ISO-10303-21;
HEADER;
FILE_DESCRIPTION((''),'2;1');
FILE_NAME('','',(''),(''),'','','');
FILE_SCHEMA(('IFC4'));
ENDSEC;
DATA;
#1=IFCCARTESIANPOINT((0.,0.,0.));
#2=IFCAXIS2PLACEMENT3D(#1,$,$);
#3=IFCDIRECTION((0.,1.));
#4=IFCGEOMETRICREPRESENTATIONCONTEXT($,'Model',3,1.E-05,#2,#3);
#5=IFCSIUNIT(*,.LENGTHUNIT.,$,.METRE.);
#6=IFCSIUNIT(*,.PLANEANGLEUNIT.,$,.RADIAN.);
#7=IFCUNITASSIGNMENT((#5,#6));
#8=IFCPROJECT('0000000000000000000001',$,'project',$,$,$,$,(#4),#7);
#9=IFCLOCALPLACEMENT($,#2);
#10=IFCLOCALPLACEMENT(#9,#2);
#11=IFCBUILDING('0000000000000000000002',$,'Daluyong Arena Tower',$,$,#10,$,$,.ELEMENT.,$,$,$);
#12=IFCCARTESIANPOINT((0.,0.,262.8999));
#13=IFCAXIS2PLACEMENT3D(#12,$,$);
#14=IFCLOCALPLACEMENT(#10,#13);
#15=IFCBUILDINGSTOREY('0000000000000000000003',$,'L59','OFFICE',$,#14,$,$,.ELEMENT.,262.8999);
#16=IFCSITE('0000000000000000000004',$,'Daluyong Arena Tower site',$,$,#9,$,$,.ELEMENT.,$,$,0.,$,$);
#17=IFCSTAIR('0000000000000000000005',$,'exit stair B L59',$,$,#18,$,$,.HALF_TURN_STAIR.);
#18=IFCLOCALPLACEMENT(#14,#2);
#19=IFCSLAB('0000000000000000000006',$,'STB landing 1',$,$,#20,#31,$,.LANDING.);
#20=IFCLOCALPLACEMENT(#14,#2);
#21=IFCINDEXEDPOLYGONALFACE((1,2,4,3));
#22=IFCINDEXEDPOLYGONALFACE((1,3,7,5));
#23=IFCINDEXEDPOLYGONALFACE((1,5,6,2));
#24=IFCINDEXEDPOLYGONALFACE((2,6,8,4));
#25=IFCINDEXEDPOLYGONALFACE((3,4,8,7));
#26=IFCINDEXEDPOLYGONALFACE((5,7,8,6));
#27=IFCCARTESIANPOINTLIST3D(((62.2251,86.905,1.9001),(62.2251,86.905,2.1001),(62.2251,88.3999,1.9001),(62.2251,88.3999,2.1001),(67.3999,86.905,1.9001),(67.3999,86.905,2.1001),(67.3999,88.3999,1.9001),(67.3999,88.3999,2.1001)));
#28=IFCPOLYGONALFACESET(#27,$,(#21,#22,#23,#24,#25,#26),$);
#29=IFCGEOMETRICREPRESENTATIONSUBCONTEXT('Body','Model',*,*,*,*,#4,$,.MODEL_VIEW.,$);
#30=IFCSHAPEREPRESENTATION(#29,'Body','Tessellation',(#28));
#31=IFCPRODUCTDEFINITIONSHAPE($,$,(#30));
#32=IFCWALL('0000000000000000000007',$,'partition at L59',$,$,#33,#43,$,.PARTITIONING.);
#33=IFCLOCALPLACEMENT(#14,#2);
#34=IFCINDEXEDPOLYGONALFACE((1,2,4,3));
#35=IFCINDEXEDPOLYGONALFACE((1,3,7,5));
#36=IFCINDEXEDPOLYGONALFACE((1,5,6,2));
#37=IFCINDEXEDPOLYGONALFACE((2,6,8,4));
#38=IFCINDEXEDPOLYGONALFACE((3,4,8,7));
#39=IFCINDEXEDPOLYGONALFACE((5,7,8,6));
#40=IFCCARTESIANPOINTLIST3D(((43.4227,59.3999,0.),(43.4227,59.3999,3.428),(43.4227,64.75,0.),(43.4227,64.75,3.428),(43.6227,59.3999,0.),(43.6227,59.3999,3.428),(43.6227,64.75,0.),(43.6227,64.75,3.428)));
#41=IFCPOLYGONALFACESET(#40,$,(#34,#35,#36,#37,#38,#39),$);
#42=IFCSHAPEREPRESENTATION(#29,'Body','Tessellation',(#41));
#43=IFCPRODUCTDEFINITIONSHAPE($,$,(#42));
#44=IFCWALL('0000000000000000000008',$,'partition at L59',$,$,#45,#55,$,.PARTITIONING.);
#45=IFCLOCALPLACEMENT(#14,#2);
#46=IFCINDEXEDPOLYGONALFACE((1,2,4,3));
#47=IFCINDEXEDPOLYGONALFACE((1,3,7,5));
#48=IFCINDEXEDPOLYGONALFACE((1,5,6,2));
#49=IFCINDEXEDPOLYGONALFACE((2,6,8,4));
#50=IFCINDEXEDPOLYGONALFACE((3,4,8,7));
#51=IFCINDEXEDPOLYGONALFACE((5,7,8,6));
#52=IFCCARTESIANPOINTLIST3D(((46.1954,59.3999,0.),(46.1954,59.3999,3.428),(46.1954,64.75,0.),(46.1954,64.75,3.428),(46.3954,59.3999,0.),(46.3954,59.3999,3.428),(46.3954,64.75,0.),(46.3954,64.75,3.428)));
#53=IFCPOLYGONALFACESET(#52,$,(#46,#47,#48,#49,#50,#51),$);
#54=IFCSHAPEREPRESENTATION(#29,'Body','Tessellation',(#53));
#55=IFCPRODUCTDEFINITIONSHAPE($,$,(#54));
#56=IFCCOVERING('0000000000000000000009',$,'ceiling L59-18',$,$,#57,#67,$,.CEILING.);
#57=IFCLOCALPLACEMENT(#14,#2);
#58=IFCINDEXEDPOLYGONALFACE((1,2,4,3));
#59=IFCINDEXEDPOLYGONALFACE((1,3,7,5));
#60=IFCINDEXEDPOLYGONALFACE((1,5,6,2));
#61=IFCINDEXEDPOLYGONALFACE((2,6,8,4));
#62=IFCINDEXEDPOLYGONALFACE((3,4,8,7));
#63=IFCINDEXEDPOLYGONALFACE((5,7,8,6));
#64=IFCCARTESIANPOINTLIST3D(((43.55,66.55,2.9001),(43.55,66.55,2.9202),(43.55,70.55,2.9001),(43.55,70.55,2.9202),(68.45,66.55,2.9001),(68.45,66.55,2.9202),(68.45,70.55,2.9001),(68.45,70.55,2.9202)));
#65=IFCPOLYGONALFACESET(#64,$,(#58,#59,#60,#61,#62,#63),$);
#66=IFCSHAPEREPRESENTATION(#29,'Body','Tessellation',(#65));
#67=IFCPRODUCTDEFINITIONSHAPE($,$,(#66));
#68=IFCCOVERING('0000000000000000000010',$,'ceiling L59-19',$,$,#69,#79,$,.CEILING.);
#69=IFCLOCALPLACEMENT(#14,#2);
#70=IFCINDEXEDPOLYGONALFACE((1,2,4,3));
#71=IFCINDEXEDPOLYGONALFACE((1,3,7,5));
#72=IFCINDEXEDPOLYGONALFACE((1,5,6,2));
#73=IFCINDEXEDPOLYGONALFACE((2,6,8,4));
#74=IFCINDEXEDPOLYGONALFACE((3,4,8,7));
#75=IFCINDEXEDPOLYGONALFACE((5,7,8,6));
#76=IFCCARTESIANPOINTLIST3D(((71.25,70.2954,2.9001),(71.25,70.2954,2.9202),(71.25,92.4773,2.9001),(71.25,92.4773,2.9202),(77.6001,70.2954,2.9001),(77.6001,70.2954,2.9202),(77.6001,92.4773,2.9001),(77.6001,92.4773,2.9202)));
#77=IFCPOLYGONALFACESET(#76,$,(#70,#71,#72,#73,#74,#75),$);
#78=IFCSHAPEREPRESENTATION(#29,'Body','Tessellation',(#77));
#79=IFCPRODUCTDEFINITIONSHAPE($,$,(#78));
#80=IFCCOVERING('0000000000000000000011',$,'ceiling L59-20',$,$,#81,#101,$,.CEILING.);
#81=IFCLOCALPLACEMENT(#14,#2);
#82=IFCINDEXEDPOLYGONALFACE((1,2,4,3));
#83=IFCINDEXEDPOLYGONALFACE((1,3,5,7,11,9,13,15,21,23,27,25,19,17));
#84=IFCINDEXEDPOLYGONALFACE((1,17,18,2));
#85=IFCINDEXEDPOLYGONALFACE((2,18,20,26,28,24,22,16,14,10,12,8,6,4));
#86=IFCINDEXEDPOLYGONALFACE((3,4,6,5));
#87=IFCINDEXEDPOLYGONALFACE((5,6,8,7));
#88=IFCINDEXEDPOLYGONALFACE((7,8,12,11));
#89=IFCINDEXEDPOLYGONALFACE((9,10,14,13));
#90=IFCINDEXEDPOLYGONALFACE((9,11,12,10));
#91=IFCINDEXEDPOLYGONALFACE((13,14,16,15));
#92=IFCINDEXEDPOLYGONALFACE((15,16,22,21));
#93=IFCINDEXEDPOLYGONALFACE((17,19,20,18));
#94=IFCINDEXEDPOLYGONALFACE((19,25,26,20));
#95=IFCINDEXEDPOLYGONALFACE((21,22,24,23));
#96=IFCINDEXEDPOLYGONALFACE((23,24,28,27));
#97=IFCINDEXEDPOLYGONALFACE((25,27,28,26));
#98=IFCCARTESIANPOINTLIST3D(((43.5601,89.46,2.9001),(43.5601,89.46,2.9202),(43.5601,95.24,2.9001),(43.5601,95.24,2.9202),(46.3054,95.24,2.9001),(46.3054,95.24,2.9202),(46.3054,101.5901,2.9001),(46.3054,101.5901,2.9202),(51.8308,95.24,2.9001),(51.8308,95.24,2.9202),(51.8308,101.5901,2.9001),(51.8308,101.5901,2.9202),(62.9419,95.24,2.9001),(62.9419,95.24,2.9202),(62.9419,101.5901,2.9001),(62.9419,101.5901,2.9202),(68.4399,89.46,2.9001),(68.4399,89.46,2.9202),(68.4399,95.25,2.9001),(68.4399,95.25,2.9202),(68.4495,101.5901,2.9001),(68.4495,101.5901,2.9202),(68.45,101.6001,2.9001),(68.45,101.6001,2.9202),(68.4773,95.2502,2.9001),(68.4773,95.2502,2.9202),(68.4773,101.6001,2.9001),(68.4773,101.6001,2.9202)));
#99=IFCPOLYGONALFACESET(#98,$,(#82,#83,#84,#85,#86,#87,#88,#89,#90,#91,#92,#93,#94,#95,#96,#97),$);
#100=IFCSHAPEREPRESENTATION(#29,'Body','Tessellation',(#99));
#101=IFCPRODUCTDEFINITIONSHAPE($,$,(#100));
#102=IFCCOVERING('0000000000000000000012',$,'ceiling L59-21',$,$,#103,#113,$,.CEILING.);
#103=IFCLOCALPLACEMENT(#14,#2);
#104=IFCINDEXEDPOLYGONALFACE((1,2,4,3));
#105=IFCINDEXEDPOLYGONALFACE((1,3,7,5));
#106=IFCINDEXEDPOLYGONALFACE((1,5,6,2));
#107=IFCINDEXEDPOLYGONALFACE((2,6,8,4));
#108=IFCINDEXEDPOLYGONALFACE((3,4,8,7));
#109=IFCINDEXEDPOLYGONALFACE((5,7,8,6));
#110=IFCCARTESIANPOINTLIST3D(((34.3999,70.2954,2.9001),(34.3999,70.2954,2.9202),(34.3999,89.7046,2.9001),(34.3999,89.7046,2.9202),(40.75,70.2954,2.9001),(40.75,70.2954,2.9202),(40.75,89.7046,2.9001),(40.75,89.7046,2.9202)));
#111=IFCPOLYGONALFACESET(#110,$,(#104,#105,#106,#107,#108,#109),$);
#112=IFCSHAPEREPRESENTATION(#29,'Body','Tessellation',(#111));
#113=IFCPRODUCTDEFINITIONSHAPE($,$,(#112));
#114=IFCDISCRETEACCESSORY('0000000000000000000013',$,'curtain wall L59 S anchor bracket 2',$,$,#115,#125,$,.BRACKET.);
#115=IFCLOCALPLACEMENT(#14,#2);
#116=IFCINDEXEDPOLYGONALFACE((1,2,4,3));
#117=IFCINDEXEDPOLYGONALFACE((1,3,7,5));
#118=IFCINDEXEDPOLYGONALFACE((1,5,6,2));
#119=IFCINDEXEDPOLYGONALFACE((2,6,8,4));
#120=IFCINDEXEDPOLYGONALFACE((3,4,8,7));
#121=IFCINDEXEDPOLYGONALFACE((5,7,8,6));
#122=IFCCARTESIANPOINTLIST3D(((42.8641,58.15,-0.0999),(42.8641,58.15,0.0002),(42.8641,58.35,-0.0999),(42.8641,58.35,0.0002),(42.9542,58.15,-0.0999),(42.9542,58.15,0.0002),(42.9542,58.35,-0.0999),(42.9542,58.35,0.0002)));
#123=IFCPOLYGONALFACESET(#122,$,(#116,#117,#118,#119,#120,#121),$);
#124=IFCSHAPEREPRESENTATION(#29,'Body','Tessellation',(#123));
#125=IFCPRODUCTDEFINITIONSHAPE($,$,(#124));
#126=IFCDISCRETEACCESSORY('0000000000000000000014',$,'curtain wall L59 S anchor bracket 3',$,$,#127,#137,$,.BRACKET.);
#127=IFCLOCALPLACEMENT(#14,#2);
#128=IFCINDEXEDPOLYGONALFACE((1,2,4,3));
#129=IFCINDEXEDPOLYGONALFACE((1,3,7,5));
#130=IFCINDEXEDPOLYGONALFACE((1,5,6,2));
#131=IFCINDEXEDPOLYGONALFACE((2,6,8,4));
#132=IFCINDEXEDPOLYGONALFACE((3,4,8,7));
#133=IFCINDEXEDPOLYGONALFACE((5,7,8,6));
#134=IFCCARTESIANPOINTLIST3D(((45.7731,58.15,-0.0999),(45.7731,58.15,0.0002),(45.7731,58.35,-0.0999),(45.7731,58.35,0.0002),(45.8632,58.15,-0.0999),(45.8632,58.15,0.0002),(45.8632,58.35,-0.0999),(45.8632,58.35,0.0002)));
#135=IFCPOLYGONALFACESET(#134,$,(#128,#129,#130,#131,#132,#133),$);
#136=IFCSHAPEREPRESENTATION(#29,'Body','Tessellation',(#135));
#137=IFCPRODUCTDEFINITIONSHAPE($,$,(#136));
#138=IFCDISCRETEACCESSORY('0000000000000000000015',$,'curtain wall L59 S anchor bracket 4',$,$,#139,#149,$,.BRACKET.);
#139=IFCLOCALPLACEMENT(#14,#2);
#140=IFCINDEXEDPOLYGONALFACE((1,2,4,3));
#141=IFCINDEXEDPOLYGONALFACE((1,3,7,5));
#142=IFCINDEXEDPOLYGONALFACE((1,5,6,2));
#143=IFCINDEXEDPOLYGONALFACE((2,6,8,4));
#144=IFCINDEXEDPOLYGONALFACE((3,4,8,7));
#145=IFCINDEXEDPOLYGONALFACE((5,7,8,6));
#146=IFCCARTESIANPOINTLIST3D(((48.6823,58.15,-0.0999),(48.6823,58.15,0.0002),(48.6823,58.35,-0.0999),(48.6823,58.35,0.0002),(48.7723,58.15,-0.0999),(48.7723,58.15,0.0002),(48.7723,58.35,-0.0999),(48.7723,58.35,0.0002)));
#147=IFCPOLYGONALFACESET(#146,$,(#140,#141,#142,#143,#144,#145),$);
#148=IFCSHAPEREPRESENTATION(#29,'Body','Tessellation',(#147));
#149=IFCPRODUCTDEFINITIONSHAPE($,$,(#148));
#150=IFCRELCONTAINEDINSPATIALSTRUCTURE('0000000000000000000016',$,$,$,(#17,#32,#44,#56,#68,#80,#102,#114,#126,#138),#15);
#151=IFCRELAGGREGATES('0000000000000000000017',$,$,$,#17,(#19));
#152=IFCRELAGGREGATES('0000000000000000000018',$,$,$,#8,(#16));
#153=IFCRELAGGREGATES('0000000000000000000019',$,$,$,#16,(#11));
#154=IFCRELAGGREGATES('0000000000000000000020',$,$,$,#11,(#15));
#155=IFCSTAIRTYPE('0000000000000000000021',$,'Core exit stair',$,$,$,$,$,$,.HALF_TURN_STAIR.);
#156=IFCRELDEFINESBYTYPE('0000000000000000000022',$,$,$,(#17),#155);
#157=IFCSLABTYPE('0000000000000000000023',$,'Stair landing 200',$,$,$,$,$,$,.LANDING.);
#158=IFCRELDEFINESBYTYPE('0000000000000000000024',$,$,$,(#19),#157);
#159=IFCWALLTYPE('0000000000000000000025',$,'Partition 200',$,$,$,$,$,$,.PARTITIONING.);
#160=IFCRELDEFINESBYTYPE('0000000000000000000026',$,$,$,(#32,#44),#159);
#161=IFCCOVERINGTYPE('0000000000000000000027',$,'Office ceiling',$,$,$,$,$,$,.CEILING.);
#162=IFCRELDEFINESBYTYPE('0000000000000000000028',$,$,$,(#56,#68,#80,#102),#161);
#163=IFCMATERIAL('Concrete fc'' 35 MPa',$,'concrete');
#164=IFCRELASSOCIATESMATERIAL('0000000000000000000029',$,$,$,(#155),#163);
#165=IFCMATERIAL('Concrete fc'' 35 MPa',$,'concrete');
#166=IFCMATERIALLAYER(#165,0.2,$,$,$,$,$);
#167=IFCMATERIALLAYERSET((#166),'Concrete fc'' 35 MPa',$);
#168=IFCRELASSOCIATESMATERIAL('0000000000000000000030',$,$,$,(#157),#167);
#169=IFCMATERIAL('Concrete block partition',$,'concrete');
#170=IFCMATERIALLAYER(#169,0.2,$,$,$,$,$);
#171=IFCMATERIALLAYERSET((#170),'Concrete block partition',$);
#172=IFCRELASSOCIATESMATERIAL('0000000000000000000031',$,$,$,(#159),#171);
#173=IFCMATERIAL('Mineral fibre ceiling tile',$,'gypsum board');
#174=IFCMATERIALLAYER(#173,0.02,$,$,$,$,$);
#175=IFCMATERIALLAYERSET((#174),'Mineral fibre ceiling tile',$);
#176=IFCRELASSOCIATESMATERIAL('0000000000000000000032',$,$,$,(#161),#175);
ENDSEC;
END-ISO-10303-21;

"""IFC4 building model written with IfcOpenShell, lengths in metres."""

from ifc_helpers import new_model, si_unit, direction, frame, frame_2d, origin, origin_2d, place, context, subcontext, project, spatial, polyline, rectangle, outline, extrude, material, layer, layer_set, type_object, element, aggregate, save


model = new_model("IFC4")

# Units and contexts
model_context = context("Model", 3, precision=1e-05, world=origin(), true_north=direction((0.0, 1.0)))
body_context = subcontext(model_context, "Body", "Model", "MODEL_VIEW")
ifc_project = project(units=[si_unit("LENGTHUNIT", "METRE"), si_unit("PLANEANGLEUNIT", "RADIAN")], contexts=[model_context])

# Site, building, storey
site_placement = place(None, origin())
site = spatial("IfcSite", under=ifc_project, at=site_placement, Name="Daluyong Arena Tower site", CompositionType="ELEMENT", RefElevation=0.0)
building_placement = place(site_placement, origin())
building = spatial("IfcBuilding", under=site, at=building_placement, Name="Daluyong Arena Tower", CompositionType="ELEMENT")
storey_placement = place(building_placement, frame((0.0, 0.0, 262.8999)))
storey = spatial("IfcBuildingStorey", under=building, at=storey_placement, Name="L59", Description="OFFICE", CompositionType="ELEMENT", Elevation=262.8999)

# Stair, slab
ifc_material_1 = material(Name="Concrete fc' 35 MPa", Category="concrete")
stair_type = type_object("IfcStairType", Name="Core exit stair", PredefinedType="HALF_TURN_STAIR", material=ifc_material_1)
ifc_material_2 = material(Name="Concrete fc' 35 MPa", Category="concrete")
ifc_layer_1 = layer(ifc_material_2, 0.2)
ifc_layer_set_1 = layer_set([ifc_layer_1], Name="Concrete fc' 35 MPa")
slab_type = type_object("IfcSlabType", Name="Stair landing 200", PredefinedType="LANDING", material=ifc_layer_set_1)
stair_1_placement = place(storey_placement, origin())
stair_1 = element("IfcStair", 1, at=stair_1_placement, inside=storey, type_object=stair_type, Name="exit stair B L59", PredefinedType="HALF_TURN_STAIR")
slab_1_placement = place(storey_placement, frame((0.0, 0.0, 1.9001)))
slab_1 = element("IfcSlab", 2, at=slab_1_placement, type_object=slab_type, Name="STB landing 1", PredefinedType="LANDING", context=body_context, shape_type="SweptSolid", body=[
    extrude(outline(polyline([(62.2251, 86.905), (67.3999, 86.905), (67.3999, 88.3999), (62.2251, 88.3999), (62.2251, 86.905)])), origin(), (0.0, 0.0, 1.0), 0.2),
])
aggregate(stair_1, [slab_1])

# Walls
ifc_material_3 = material(Name="Concrete block partition", Category="concrete")
ifc_layer_2 = layer(ifc_material_3, 0.2)
ifc_layer_set_2 = layer_set([ifc_layer_2], Name="Concrete block partition")
wall_type = type_object("IfcWallType", Name="Partition 200", PredefinedType="PARTITIONING", material=ifc_layer_set_2)
for number, where, z_axis, x_axis, name in (
    (3, (43.5227, 59.3999, 0.0), (0.0, 0.0, 1.0), (0.0, 1.0, 0.0), "partition at L59"),
    (4, (46.2954, 59.3999, 0.0), (0.0, 0.0, 1.0), (0.0, 1.0, 0.0), "partition at L59"),
):
    element("IfcWall", number, at=place(storey_placement, frame(where, z_axis=z_axis, x_axis=x_axis)), inside=storey, type_object=wall_type, Name=name, PredefinedType="PARTITIONING", context=body_context, shape_type="SweptSolid", body=[
        extrude(rectangle(XDim=5.3501, YDim=0.2, at=frame_2d((2.675, 0.0))), origin(), (0.0, 0.0, 1.0), 3.428),
    ])

# Coverings
ifc_material_4 = material(Name="Mineral fibre ceiling tile", Category="gypsum board")
ifc_layer_3 = layer(ifc_material_4, 0.02)
ifc_layer_set_3 = layer_set([ifc_layer_3], Name="Mineral fibre ceiling tile")
covering_type = type_object("IfcCoveringType", Name="Office ceiling", PredefinedType="CEILING", material=ifc_layer_set_3)
covering_1_placement = place(storey_placement, frame((0.0, 0.0, 2.9001)))
element("IfcCovering", 5, at=covering_1_placement, inside=storey, type_object=covering_type, Name="ceiling L59-18", PredefinedType="CEILING", context=body_context, shape_type="SweptSolid", body=[
    extrude(outline(polyline([(68.45, 66.55), (68.45, 70.55), (43.55, 70.55), (43.55, 66.55), (68.45, 66.55)])), origin(), (0.0, 0.0, 1.0), 0.02),
])
covering_2_placement = place(storey_placement, frame((0.0, 0.0, 2.9001)))
element("IfcCovering", 6, at=covering_2_placement, inside=storey, type_object=covering_type, Name="ceiling L59-19", PredefinedType="CEILING", context=body_context, shape_type="SweptSolid", body=[
    extrude(outline(polyline([(77.6001, 70.2954), (77.6001, 92.4773), (71.25, 92.4773), (71.25, 70.2954), (77.6001, 70.2954)])), origin(), (0.0, 0.0, 1.0), 0.02),
])
covering_3_placement = place(storey_placement, frame((0.0, 0.0, 2.9001)))
element("IfcCovering", 7, at=covering_3_placement, inside=storey, type_object=covering_type, Name="ceiling L59-20", PredefinedType="CEILING", context=body_context, shape_type="SweptSolid", body=[
    extrude(outline(polyline([(51.8308, 101.5901), (46.3054, 101.5901), (46.3054, 95.24), (43.5601, 95.24), (43.5601, 89.46), (68.4399, 89.46), (68.4399, 95.25), (68.4773, 95.2502), (68.4773, 101.6001), (68.45, 101.6001), (68.4495, 101.5901), (62.9419, 101.5901), (62.9419, 95.24), (51.8308, 95.24), (51.8308, 101.5901)])), origin(), (0.0, 0.0, 1.0), 0.02),
])
covering_4_placement = place(storey_placement, frame((0.0, 0.0, 2.9001)))
element("IfcCovering", 8, at=covering_4_placement, inside=storey, type_object=covering_type, Name="ceiling L59-21", PredefinedType="CEILING", context=body_context, shape_type="SweptSolid", body=[
    extrude(outline(polyline([(40.75, 70.2954), (40.75, 89.7046), (34.3999, 89.7046), (34.3999, 70.2954), (40.75, 70.2954)])), origin(), (0.0, 0.0, 1.0), 0.02),
])

# Discrete accessories
for number, where, z_axis, x_axis, name in (
    (9, (42.9092, 58.25, -0.0999), (0.0, 0.0, 1.0), (1.0, 0.0, 0.0), "curtain wall L59 S anchor bracket 2"),
    (10, (45.8181, 58.25, -0.0999), (0.0, 0.0, 1.0), (1.0, 0.0, 0.0), "curtain wall L59 S anchor bracket 3"),
    (11, (48.7273, 58.25, -0.0999), (0.0, 0.0, 1.0), (1.0, 0.0, 0.0), "curtain wall L59 S anchor bracket 4"),
):
    element("IfcDiscreteAccessory", number, at=place(storey_placement, frame(where, z_axis=z_axis, x_axis=x_axis)), inside=storey, Name=name, PredefinedType="BRACKET", context=body_context, shape_type="SweptSolid", body=[
        extrude(rectangle(XDim=0.0901, YDim=0.2, at=origin_2d()), origin(), (0.0, 0.0, 1.0), 0.1001),
    ])

save(model, "model.ifc")
